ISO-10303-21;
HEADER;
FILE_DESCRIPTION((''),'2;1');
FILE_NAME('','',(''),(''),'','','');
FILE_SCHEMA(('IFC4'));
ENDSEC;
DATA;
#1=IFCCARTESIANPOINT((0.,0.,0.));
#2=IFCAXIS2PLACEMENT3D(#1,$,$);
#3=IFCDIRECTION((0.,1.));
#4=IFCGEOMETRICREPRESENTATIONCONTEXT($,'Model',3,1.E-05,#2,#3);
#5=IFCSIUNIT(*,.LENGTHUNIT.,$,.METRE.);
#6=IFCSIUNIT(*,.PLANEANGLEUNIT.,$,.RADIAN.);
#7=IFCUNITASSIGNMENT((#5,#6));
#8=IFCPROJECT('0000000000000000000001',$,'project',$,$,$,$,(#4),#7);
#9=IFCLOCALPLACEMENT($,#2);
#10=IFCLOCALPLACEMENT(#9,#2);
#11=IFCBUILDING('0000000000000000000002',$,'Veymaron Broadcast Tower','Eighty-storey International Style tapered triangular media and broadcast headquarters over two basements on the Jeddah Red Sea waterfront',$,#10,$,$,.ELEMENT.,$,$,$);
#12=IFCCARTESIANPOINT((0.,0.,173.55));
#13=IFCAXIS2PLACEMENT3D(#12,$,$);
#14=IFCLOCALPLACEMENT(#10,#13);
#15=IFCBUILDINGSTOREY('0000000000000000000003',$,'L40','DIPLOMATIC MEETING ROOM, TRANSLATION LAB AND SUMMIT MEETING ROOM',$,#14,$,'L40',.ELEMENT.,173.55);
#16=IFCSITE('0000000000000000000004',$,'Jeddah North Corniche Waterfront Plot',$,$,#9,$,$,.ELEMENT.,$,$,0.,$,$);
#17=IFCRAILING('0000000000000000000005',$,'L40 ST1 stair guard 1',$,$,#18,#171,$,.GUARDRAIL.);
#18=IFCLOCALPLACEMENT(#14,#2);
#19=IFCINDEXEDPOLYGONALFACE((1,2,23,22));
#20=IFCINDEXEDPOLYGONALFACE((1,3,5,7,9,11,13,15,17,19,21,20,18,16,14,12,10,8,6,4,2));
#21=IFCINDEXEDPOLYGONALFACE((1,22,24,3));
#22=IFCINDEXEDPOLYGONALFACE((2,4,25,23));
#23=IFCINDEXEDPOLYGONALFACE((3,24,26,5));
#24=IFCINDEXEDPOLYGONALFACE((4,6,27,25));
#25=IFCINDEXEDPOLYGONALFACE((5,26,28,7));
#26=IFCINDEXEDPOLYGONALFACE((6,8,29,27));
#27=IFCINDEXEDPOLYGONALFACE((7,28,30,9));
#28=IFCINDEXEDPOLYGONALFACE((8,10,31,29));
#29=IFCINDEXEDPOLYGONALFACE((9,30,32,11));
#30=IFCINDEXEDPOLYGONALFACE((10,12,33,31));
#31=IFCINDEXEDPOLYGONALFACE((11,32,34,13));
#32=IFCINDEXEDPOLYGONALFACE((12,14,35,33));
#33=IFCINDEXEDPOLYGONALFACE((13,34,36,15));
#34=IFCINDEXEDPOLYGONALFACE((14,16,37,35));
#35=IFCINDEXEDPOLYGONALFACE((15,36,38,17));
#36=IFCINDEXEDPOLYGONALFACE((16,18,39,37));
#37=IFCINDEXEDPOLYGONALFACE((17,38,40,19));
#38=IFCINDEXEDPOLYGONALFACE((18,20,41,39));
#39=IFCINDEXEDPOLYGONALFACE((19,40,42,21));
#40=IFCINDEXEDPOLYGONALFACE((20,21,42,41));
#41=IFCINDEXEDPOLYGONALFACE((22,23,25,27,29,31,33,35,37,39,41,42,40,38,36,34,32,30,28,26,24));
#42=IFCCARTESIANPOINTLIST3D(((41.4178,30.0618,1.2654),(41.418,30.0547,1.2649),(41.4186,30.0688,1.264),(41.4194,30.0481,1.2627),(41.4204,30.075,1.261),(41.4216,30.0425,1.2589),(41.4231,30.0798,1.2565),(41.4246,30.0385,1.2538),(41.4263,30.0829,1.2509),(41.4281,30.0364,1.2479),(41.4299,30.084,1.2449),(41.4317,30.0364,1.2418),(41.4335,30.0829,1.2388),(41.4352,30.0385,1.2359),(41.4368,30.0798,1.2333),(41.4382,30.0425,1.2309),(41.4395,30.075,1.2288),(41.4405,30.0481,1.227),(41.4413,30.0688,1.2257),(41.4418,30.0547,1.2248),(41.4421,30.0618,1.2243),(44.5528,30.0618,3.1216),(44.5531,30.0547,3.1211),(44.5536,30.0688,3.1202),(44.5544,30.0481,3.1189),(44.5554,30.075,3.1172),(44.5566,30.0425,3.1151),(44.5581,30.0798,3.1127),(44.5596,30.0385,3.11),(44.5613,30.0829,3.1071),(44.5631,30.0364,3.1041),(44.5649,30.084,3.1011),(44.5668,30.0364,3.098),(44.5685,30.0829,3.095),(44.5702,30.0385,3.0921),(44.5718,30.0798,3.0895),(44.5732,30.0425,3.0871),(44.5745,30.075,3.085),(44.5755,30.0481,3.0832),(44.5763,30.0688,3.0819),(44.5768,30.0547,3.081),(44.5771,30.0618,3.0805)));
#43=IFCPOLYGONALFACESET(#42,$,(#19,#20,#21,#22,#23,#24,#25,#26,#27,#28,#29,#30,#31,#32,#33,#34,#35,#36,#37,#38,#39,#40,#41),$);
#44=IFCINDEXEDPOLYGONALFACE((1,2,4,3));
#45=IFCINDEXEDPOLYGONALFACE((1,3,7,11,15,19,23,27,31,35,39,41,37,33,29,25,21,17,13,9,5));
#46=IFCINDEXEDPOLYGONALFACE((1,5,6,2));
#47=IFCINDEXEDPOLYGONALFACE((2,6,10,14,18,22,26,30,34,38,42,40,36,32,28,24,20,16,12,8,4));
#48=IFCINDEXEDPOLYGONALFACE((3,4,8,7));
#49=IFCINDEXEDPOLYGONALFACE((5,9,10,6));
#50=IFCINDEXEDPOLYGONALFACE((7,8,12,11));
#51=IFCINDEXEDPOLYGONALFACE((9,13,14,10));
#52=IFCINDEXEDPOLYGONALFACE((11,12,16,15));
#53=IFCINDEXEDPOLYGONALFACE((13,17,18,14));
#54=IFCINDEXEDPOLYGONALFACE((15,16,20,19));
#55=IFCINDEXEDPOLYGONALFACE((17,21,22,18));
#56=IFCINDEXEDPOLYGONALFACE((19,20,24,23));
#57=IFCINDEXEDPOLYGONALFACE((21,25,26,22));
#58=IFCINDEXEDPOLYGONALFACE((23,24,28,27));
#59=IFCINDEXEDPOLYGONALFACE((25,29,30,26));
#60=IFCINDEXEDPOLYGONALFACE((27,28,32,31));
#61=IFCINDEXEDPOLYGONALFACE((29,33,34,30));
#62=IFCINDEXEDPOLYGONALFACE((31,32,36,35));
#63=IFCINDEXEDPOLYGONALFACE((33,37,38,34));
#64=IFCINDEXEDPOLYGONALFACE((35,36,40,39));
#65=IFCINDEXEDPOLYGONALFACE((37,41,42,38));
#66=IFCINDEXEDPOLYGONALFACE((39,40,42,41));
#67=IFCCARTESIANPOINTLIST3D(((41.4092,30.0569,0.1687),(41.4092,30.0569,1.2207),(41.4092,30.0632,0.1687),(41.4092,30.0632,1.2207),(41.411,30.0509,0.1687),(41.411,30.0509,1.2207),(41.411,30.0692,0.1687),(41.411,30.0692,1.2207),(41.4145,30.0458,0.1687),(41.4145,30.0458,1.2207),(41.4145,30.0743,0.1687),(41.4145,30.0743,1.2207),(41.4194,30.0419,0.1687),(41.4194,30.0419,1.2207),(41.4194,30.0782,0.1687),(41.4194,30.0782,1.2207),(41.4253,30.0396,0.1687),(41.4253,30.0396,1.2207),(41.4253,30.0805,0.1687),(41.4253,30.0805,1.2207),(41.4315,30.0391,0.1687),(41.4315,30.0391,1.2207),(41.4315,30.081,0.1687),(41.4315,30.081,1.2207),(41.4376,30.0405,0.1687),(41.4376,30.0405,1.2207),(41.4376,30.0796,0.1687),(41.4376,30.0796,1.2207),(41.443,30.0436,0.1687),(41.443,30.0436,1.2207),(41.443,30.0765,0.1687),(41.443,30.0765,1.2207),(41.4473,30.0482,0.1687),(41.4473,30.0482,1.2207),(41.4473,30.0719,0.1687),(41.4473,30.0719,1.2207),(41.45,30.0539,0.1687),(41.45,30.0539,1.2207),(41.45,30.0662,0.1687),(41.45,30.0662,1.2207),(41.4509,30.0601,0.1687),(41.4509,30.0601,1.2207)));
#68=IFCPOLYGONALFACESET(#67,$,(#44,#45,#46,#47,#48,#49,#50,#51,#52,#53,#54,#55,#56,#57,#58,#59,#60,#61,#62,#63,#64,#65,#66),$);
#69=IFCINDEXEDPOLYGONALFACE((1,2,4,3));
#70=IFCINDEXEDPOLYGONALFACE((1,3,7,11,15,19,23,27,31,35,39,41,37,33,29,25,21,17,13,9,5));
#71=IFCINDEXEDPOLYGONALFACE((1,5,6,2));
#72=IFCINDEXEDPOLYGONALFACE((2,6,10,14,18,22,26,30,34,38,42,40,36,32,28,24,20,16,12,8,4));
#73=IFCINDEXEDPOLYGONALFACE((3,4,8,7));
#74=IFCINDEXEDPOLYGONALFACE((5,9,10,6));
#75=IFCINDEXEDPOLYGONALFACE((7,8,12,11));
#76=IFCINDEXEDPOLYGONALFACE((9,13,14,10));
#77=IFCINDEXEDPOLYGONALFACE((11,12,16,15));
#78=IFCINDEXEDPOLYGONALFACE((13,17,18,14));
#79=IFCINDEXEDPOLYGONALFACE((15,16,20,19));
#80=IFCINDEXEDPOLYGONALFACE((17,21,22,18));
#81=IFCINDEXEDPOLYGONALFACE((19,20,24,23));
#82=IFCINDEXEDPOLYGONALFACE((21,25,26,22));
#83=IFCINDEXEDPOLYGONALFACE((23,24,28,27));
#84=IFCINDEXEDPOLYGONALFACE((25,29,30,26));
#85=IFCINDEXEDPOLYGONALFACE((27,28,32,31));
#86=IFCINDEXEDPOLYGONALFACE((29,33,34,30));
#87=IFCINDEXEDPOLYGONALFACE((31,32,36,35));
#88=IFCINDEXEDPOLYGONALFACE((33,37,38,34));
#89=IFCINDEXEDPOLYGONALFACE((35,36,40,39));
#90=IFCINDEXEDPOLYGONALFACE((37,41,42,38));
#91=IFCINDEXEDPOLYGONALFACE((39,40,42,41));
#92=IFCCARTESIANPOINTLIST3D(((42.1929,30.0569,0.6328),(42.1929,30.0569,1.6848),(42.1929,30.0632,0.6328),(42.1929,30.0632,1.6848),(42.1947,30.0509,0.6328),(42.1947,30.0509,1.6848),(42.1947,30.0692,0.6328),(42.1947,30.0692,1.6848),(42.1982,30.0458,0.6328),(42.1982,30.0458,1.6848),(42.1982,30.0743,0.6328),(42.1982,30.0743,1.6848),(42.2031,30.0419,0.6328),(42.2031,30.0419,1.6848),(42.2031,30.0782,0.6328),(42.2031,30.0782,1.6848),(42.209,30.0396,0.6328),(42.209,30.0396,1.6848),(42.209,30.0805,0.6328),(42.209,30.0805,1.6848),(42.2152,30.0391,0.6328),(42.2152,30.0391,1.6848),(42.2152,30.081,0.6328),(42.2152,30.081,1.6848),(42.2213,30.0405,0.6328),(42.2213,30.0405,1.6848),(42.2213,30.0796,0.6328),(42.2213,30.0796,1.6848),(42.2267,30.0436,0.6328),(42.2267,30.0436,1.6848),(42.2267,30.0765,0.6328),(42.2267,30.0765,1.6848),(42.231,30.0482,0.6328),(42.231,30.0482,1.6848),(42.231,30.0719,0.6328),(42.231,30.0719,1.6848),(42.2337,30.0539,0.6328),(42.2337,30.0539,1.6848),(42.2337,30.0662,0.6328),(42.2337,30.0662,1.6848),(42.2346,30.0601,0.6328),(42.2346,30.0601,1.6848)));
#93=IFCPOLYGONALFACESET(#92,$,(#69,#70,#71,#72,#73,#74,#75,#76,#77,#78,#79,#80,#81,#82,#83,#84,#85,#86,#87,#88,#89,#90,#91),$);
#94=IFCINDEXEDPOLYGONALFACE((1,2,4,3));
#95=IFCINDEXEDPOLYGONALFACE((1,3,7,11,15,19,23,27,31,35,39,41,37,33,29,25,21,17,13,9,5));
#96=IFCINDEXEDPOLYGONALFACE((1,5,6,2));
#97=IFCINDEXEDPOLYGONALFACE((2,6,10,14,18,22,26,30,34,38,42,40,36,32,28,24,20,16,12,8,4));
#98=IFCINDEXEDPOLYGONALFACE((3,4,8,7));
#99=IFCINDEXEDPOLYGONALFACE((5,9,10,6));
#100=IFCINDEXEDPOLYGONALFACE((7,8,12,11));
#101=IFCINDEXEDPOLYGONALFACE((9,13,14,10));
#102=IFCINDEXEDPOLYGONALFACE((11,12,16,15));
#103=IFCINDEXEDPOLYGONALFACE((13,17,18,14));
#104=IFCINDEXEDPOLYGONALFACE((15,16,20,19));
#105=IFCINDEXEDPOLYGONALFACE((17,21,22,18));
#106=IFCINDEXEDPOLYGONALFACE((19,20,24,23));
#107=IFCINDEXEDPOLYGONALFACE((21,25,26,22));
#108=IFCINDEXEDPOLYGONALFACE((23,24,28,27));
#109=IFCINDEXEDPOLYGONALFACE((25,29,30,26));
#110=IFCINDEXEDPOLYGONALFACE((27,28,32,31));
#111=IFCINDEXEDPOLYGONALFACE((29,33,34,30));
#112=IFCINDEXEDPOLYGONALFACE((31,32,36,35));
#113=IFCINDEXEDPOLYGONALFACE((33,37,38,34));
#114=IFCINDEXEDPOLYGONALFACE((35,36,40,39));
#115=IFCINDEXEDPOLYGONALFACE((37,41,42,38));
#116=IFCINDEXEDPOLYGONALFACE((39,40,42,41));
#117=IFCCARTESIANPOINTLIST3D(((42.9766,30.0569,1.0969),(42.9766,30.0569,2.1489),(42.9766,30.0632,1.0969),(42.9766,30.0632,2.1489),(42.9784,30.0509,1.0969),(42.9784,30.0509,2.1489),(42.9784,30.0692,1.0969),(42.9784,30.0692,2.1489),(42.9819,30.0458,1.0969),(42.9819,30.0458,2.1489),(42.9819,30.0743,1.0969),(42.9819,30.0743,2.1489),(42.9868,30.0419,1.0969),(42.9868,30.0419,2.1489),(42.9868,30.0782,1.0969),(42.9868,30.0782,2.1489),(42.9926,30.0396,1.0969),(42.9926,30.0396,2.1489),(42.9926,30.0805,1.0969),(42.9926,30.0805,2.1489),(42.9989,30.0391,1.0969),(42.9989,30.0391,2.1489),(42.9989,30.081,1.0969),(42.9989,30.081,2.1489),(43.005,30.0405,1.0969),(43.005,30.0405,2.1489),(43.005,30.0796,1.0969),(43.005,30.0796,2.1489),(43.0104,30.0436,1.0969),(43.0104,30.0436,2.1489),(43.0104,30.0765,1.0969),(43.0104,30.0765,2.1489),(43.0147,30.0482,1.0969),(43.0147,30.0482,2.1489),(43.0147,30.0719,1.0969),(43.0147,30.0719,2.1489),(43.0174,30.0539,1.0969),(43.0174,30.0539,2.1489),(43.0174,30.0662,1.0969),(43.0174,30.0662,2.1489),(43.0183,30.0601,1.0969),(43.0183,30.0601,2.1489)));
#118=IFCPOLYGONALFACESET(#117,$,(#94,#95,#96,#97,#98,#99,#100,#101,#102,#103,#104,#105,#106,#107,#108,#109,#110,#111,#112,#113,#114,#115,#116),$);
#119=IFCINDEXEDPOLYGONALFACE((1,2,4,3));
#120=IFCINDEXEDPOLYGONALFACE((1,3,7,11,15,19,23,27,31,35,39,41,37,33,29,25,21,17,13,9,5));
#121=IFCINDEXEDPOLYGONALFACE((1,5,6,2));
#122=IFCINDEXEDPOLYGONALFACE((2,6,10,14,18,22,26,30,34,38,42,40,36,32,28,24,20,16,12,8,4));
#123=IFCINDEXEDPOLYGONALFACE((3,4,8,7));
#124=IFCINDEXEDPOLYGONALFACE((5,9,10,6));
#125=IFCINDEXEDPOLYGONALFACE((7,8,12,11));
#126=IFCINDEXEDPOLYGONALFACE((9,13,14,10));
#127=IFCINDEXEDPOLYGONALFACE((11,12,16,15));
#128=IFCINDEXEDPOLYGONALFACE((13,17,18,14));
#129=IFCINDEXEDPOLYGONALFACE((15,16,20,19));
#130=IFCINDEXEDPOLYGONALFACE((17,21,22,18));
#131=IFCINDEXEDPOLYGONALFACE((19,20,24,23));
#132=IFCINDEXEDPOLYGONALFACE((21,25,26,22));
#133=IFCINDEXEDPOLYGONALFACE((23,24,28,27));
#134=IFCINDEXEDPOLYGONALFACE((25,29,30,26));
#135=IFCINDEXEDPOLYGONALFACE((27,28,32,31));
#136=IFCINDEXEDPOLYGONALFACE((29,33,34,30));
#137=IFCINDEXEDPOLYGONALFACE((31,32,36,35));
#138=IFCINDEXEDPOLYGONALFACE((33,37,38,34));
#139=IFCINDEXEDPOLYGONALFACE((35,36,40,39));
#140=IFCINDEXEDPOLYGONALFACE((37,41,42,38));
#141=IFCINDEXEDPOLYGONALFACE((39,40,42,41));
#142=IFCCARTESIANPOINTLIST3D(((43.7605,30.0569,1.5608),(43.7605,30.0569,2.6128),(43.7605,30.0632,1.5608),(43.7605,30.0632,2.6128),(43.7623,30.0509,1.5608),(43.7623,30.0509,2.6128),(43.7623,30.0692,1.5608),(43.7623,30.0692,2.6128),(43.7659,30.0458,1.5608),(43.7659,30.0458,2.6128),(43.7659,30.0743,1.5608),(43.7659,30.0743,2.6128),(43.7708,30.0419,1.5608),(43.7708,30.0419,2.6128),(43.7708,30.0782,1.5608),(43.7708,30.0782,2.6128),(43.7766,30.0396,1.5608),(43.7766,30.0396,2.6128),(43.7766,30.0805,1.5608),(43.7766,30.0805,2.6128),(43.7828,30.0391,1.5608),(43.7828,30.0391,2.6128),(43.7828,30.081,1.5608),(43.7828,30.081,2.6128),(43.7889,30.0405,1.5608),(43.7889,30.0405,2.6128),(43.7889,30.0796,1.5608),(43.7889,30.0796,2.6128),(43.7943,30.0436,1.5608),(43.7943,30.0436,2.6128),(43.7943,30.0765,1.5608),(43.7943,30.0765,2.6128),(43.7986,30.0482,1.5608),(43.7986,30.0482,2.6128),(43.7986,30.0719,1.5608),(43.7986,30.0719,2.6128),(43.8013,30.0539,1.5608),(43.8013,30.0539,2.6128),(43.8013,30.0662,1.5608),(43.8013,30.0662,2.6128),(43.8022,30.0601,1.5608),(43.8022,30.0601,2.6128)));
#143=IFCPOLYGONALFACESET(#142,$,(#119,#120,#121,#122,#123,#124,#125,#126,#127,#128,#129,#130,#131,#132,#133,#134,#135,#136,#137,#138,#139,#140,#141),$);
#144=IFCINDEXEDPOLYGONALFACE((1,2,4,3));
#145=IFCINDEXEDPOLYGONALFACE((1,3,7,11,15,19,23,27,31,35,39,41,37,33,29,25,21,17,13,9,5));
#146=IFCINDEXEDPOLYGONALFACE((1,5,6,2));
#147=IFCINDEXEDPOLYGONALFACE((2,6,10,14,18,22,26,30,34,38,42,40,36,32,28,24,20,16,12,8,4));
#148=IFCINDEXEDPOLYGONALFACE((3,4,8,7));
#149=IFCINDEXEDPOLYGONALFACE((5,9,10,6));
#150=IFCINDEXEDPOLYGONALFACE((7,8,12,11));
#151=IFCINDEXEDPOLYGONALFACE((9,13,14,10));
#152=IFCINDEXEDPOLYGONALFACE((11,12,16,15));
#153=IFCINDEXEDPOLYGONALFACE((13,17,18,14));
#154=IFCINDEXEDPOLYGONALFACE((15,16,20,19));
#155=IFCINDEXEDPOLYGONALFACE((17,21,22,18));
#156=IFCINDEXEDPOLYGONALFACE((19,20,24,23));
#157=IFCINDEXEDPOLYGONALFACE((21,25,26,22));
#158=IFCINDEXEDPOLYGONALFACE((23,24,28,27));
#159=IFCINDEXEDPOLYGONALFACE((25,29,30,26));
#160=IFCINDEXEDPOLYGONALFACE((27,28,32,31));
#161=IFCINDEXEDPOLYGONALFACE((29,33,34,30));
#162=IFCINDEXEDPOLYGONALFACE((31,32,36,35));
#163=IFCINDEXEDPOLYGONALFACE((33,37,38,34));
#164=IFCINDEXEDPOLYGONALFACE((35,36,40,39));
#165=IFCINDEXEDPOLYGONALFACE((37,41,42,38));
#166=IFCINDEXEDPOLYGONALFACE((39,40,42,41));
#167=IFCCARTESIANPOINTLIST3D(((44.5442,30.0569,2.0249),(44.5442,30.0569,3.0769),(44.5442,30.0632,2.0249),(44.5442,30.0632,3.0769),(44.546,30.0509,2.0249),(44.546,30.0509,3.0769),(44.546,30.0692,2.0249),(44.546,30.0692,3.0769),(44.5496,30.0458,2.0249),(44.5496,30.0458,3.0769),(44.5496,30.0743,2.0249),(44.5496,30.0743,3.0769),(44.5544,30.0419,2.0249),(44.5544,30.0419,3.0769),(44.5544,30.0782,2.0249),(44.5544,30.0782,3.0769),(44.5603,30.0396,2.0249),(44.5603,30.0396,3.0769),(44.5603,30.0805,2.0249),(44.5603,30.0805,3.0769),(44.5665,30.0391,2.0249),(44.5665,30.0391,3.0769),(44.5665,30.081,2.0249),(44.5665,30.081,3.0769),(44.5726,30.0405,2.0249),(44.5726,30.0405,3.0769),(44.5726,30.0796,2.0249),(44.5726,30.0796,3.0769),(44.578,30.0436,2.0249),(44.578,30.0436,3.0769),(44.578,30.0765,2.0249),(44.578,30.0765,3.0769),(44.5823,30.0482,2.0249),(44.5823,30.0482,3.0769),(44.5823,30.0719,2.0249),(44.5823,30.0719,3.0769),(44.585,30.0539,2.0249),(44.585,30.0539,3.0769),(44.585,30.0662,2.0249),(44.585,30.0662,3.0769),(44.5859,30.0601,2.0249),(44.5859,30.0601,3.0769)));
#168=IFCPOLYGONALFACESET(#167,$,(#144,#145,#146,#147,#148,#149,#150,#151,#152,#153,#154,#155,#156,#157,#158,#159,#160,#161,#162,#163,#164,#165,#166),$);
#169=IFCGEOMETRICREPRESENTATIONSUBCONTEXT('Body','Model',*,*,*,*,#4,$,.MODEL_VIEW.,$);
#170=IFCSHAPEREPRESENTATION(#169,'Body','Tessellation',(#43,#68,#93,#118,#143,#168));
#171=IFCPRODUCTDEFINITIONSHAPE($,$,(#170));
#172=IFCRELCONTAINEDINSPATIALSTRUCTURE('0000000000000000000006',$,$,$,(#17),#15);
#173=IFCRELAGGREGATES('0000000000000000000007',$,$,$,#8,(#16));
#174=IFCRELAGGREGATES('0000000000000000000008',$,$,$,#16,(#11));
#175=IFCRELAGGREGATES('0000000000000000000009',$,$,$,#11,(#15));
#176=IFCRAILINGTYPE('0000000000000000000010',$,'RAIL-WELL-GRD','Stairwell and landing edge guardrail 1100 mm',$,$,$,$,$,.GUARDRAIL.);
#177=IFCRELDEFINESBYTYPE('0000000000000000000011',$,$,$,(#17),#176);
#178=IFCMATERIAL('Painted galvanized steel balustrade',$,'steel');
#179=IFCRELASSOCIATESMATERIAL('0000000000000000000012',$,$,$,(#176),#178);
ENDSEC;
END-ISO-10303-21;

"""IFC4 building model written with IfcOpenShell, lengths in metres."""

from ifc_helpers import new_model, si_unit, direction, frame, origin, origin_2d, place, context, subcontext, project, spatial, circle, extrude, material, type_object, element, save


model = new_model("IFC4")

# Units and contexts
model_context = context("Model", 3, precision=1e-05, world=origin(), true_north=direction((0.0, 1.0)))
body_context = subcontext(model_context, "Body", "Model", "MODEL_VIEW")
ifc_project = project(units=[si_unit("LENGTHUNIT", "METRE"), si_unit("PLANEANGLEUNIT", "RADIAN")], contexts=[model_context])

# Site, building, storey
site_placement = place(None, origin())
site = spatial("IfcSite", under=ifc_project, at=site_placement, Name="Jeddah North Corniche Waterfront Plot", CompositionType="ELEMENT", RefElevation=0.0)
building_placement = place(site_placement, origin())
building = spatial("IfcBuilding", under=site, at=building_placement, Name="Veymaron Broadcast Tower", Description="Eighty-storey International Style tapered triangular media and broadcast headquarters over two basements on the Jeddah Red Sea waterfront", CompositionType="ELEMENT")
storey_placement = place(building_placement, frame((0.0, 0.0, 173.55)))
storey = spatial("IfcBuildingStorey", under=building, at=storey_placement, Name="L40", Description="DIPLOMATIC MEETING ROOM, TRANSLATION LAB AND SUMMIT MEETING ROOM", LongName="L40", CompositionType="ELEMENT", Elevation=173.55)

# Railing
ifc_material_1 = material(Name="Painted galvanized steel balustrade", Category="steel")
railing_type_1 = type_object("IfcRailingType", Name="RAIL-WELL-GRD", Description="Stairwell and landing edge guardrail 1100 mm", PredefinedType="GUARDRAIL", material=ifc_material_1)
railing_1_placement = place(storey_placement, frame((41.4299, 30.0601, 0.1687)))
element("IfcRailing", 1, at=railing_1_placement, inside=storey, type_object=railing_type_1, Name="L40 ST1 stair guard 1", PredefinedType="GUARDRAIL", context=body_context, shape_type="SweptSolid", body=[
    extrude(circle(Radius=0.0239, at=origin_2d()), frame((0.0, 0.0, 1.0762), z_axis=(0.860482, 0.0, 0.509481), x_axis=(0.0, 1.0, 0.0)), (0.0, 0.0, 1.0), 3.6433),
    extrude(circle(Radius=0.021, at=origin_2d()), origin(), (0.0, 0.0, 1.0), 1.052),
    extrude(circle(Radius=0.021, at=origin_2d()), frame((0.7837, 0.0, 0.4641)), (0.0, 0.0, 1.0), 1.052),
    extrude(circle(Radius=0.021, at=origin_2d()), frame((1.5674, 0.0, 0.9282)), (0.0, 0.0, 1.0), 1.052),
    extrude(circle(Radius=0.021, at=origin_2d()), frame((2.3513, 0.0, 1.3921)), (0.0, 0.0, 1.0), 1.052),
    extrude(circle(Radius=0.021, at=origin_2d()), frame((3.135, 0.0, 1.8562)), (0.0, 0.0, 1.0), 1.052),
])

save(model, "model.ifc")
